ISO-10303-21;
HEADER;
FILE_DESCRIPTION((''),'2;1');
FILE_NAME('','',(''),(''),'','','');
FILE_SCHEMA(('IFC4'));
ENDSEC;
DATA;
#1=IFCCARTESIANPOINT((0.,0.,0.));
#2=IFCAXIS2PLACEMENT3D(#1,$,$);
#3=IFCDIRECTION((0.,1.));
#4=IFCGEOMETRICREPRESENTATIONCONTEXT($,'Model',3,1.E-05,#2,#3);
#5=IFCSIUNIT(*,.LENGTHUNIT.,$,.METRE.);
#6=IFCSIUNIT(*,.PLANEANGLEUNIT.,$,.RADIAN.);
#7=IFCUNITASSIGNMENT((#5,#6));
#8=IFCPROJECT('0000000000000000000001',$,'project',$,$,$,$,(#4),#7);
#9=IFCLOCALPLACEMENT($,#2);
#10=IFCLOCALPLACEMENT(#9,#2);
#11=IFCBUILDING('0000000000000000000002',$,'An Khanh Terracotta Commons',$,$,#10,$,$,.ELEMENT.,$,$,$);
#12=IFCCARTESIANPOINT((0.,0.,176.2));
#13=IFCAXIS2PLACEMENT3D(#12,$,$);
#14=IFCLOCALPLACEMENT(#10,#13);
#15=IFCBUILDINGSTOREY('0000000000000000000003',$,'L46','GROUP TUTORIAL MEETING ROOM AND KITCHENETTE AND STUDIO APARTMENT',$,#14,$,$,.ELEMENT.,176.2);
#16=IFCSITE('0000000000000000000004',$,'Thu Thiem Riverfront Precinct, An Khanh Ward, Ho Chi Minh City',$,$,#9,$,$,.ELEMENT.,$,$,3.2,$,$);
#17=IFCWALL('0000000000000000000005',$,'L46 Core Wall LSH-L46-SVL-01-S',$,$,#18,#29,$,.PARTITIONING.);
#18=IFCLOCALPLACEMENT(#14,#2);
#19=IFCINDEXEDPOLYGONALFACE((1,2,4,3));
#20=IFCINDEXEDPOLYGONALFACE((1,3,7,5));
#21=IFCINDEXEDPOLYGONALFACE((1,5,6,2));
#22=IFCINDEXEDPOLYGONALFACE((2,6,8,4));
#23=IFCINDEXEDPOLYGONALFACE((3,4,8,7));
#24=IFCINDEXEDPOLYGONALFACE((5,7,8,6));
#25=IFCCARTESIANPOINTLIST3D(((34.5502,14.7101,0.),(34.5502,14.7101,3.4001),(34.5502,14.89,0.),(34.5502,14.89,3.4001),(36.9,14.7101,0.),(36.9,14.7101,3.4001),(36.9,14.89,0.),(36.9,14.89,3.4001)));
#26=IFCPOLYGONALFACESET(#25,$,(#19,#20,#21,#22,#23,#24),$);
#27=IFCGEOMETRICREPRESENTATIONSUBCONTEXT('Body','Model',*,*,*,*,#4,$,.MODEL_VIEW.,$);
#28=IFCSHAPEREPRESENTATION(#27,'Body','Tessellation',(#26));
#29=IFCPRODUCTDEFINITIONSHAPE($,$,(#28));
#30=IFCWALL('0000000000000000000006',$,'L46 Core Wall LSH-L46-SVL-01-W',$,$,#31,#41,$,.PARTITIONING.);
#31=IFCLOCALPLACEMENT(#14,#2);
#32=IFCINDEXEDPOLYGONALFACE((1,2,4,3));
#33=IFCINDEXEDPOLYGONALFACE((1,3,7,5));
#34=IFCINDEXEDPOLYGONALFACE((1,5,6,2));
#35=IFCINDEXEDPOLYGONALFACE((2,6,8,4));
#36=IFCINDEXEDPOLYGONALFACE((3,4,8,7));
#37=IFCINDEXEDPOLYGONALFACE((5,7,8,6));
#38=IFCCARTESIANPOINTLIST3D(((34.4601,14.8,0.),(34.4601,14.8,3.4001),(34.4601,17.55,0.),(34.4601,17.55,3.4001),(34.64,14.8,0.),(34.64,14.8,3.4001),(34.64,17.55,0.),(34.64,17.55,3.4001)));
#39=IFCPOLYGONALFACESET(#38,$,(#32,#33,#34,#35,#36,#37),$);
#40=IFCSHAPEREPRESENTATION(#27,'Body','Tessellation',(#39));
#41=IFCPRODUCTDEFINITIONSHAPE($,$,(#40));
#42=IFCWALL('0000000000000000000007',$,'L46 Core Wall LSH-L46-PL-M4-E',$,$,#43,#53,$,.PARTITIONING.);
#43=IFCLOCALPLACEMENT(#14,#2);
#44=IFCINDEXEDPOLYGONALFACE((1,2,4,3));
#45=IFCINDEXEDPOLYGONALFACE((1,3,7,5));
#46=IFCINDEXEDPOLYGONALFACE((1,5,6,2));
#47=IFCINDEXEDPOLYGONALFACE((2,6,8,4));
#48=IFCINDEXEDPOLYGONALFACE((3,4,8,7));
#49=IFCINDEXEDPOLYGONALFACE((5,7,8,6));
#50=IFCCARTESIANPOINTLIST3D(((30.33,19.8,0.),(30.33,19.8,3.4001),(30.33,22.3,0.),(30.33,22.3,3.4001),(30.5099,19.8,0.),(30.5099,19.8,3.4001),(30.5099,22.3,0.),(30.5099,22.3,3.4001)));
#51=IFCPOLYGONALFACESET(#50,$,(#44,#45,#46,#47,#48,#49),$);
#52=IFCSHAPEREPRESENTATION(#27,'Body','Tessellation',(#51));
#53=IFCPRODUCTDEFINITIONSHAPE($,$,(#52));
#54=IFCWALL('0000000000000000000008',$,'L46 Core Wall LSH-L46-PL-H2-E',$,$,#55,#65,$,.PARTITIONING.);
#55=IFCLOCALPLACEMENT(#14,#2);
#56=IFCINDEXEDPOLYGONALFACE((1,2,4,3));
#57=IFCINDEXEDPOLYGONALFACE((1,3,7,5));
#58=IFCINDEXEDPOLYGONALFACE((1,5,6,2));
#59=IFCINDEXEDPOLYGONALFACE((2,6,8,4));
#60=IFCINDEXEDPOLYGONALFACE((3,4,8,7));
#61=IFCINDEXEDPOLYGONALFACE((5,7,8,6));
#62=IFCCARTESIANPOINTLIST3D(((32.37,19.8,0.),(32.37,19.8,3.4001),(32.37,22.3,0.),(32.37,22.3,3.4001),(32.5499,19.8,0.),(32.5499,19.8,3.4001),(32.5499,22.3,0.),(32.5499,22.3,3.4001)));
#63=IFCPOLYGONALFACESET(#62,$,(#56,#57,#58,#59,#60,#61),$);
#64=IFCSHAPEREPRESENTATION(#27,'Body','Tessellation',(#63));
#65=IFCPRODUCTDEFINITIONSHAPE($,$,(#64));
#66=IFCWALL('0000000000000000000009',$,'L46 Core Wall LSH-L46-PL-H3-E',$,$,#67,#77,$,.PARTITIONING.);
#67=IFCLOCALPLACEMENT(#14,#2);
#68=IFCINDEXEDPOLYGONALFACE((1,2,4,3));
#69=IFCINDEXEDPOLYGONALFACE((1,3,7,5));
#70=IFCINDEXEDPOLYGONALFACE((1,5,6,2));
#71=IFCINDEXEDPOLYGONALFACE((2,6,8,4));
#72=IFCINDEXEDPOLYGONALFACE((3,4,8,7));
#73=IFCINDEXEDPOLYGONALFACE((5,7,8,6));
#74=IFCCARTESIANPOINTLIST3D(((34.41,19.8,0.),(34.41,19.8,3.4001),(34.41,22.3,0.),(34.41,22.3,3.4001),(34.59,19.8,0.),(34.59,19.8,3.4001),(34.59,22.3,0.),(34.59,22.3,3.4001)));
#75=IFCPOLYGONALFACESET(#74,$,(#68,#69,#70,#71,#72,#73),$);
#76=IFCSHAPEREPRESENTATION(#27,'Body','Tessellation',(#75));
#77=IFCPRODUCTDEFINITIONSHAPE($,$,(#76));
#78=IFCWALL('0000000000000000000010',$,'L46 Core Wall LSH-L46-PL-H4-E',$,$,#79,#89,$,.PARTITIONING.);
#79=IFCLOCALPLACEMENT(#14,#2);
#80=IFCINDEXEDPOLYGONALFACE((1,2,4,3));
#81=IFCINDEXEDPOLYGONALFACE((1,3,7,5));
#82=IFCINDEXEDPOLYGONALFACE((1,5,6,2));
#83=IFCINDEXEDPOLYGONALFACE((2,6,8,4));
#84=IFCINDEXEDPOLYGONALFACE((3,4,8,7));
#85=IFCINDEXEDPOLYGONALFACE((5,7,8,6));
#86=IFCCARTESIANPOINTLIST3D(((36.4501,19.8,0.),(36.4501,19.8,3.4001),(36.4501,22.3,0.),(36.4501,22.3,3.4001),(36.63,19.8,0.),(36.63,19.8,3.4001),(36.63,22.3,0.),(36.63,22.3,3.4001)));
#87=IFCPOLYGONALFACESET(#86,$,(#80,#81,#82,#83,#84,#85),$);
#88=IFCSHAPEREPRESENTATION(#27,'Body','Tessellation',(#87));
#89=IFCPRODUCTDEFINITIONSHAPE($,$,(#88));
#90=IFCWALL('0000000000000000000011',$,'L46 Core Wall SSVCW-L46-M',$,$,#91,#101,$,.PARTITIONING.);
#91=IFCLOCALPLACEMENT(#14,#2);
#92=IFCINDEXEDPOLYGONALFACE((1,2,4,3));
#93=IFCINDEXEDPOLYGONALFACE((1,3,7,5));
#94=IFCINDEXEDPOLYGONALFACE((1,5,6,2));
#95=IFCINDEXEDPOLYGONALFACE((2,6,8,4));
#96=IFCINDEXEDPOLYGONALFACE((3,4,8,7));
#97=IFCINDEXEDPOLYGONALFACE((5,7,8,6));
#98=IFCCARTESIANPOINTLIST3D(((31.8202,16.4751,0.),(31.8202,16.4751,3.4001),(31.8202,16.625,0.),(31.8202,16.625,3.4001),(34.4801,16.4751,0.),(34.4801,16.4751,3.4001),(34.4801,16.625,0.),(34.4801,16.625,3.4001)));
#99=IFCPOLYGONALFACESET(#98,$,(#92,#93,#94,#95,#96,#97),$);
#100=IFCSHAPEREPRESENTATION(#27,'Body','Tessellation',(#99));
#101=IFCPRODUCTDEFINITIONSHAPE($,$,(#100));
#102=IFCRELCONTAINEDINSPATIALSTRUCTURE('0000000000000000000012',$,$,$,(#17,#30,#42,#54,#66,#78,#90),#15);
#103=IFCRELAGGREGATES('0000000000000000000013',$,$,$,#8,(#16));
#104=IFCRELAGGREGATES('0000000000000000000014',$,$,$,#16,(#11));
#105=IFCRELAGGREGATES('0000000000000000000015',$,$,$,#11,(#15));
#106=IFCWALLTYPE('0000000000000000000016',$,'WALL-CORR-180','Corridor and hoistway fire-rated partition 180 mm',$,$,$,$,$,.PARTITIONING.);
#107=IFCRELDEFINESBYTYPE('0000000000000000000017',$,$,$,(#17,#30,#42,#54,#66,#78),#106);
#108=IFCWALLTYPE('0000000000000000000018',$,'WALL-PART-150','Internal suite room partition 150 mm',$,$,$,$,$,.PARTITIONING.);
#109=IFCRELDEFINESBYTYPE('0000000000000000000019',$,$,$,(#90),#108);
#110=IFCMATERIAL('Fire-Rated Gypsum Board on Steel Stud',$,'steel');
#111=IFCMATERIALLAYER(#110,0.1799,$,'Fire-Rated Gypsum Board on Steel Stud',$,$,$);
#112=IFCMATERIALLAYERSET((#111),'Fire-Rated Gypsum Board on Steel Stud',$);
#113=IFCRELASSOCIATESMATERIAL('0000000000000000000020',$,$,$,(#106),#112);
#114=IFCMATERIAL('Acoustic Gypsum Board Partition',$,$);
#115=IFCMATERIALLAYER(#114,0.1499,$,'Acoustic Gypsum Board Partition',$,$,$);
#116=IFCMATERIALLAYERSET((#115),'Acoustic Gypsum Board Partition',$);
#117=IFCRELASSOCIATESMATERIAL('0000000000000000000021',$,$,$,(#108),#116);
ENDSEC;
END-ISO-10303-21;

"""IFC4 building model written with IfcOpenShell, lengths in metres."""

from ifc_helpers import new_model, si_unit, direction, frame, frame_2d, origin, place, context, subcontext, project, spatial, rectangle, extrude, material, layer, layer_set, type_object, element, save


model = new_model("IFC4")

# Units and contexts
model_context = context("Model", 3, precision=1e-05, world=origin(), true_north=direction((0.0, 1.0)))
body_context = subcontext(model_context, "Body", "Model", "MODEL_VIEW")
ifc_project = project(units=[si_unit("LENGTHUNIT", "METRE"), si_unit("PLANEANGLEUNIT", "RADIAN")], contexts=[model_context])

# Site, building, storey
site_placement = place(None, origin())
site = spatial("IfcSite", under=ifc_project, at=site_placement, Name="Thu Thiem Riverfront Precinct, An Khanh Ward, Ho Chi Minh City", CompositionType="ELEMENT", RefElevation=3.2)
building_placement = place(site_placement, origin())
building = spatial("IfcBuilding", under=site, at=building_placement, Name="An Khanh Terracotta Commons", CompositionType="ELEMENT")
storey_placement = place(building_placement, frame((0.0, 0.0, 176.2)))
storey = spatial("IfcBuildingStorey", under=building, at=storey_placement, Name="L46", Description="GROUP TUTORIAL MEETING ROOM AND KITCHENETTE AND STUDIO APARTMENT", CompositionType="ELEMENT", Elevation=176.2)

# Shared definitions
ifc_material_1 = material(Name="Fire-Rated Gypsum Board on Steel Stud", Category="steel")
ifc_layer_1 = layer(ifc_material_1, 0.1799, Name="Fire-Rated Gypsum Board on Steel Stud")
ifc_layer_set_1 = layer_set([ifc_layer_1], Name="Fire-Rated Gypsum Board on Steel Stud")
wall_type_1 = type_object("IfcWallType", Name="WALL-CORR-180", Description="Corridor and hoistway fire-rated partition 180 mm", PredefinedType="PARTITIONING", material=ifc_layer_set_1)

# Walls
wall_1_placement = place(storey_placement, frame((36.8999, 14.8, 0.0), z_axis=(0.0, 0.0, 1.0), x_axis=(-1.0, 0.0, 0.0)))
element("IfcWall", 1, at=wall_1_placement, inside=storey, type_object=wall_type_1, Name="L46 Core Wall LSH-L46-SVL-01-S", PredefinedType="PARTITIONING", context=body_context, shape_type="SweptSolid", body=[
    extrude(rectangle(XDim=2.3499, YDim=0.1799, at=frame_2d((1.1748, 0.0))), origin(), (0.0, 0.0, 1.0), 3.4001),
])
wall_2_placement = place(storey_placement, frame((34.55, 17.55, 0.0), z_axis=(0.0, 0.0, 1.0), x_axis=(0.0, -1.0, 0.0)))
element("IfcWall", 2, at=wall_2_placement, inside=storey, type_object=wall_type_1, Name="L46 Core Wall LSH-L46-SVL-01-W", PredefinedType="PARTITIONING", context=body_context, shape_type="SweptSolid", body=[
    extrude(rectangle(XDim=2.75, YDim=0.1799, at=frame_2d((1.375, 0.0))), origin(), (0.0, 0.0, 1.0), 3.4001),
])
for number, where, z_axis, x_axis, name in (
    (3, (30.4199, 19.8, 0.0), (0.0, 0.0, 1.0), (0.0, 1.0, 0.0), "L46 Core Wall LSH-L46-PL-M4-E"),
    (4, (32.46, 19.8, 0.0), (0.0, 0.0, 1.0), (0.0, 1.0, 0.0), "L46 Core Wall LSH-L46-PL-H2-E"),
    (5, (34.5, 19.8, 0.0), (0.0, 0.0, 1.0), (0.0, 1.0, 0.0), "L46 Core Wall LSH-L46-PL-H3-E"),
    (6, (36.54, 19.8, 0.0), (0.0, 0.0, 1.0), (0.0, 1.0, 0.0), "L46 Core Wall LSH-L46-PL-H4-E"),
):
    element("IfcWall", number, at=place(storey_placement, frame(where, z_axis=z_axis, x_axis=x_axis)), inside=storey, type_object=wall_type_1, Name=name, PredefinedType="PARTITIONING", context=body_context, shape_type="SweptSolid", body=[
        extrude(rectangle(XDim=2.5, YDim=0.1799, at=frame_2d((1.25, 0.0))), origin(), (0.0, 0.0, 1.0), 3.4001),
    ])
ifc_material_2 = material(Name="Acoustic Gypsum Board Partition")
ifc_layer_2 = layer(ifc_material_2, 0.1499, Name="Acoustic Gypsum Board Partition")
ifc_layer_set_2 = layer_set([ifc_layer_2], Name="Acoustic Gypsum Board Partition")
wall_type_2 = type_object("IfcWallType", Name="WALL-PART-150", Description="Internal suite room partition 150 mm", PredefinedType="PARTITIONING", material=ifc_layer_set_2)
wall_3_placement = place(storey_placement, frame((31.8201, 16.55, 0.0), z_axis=(0.0, 0.0, 1.0), x_axis=(1.0, 0.0, 0.0)))
element("IfcWall", 7, at=wall_3_placement, inside=storey, type_object=wall_type_2, Name="L46 Core Wall SSVCW-L46-M", PredefinedType="PARTITIONING", context=body_context, shape_type="SweptSolid", body=[
    extrude(rectangle(XDim=2.6599, YDim=0.1499, at=frame_2d((1.3301, 0.0))), origin(), (0.0, 0.0, 1.0), 3.4001),
])

save(model, "model.ifc")
